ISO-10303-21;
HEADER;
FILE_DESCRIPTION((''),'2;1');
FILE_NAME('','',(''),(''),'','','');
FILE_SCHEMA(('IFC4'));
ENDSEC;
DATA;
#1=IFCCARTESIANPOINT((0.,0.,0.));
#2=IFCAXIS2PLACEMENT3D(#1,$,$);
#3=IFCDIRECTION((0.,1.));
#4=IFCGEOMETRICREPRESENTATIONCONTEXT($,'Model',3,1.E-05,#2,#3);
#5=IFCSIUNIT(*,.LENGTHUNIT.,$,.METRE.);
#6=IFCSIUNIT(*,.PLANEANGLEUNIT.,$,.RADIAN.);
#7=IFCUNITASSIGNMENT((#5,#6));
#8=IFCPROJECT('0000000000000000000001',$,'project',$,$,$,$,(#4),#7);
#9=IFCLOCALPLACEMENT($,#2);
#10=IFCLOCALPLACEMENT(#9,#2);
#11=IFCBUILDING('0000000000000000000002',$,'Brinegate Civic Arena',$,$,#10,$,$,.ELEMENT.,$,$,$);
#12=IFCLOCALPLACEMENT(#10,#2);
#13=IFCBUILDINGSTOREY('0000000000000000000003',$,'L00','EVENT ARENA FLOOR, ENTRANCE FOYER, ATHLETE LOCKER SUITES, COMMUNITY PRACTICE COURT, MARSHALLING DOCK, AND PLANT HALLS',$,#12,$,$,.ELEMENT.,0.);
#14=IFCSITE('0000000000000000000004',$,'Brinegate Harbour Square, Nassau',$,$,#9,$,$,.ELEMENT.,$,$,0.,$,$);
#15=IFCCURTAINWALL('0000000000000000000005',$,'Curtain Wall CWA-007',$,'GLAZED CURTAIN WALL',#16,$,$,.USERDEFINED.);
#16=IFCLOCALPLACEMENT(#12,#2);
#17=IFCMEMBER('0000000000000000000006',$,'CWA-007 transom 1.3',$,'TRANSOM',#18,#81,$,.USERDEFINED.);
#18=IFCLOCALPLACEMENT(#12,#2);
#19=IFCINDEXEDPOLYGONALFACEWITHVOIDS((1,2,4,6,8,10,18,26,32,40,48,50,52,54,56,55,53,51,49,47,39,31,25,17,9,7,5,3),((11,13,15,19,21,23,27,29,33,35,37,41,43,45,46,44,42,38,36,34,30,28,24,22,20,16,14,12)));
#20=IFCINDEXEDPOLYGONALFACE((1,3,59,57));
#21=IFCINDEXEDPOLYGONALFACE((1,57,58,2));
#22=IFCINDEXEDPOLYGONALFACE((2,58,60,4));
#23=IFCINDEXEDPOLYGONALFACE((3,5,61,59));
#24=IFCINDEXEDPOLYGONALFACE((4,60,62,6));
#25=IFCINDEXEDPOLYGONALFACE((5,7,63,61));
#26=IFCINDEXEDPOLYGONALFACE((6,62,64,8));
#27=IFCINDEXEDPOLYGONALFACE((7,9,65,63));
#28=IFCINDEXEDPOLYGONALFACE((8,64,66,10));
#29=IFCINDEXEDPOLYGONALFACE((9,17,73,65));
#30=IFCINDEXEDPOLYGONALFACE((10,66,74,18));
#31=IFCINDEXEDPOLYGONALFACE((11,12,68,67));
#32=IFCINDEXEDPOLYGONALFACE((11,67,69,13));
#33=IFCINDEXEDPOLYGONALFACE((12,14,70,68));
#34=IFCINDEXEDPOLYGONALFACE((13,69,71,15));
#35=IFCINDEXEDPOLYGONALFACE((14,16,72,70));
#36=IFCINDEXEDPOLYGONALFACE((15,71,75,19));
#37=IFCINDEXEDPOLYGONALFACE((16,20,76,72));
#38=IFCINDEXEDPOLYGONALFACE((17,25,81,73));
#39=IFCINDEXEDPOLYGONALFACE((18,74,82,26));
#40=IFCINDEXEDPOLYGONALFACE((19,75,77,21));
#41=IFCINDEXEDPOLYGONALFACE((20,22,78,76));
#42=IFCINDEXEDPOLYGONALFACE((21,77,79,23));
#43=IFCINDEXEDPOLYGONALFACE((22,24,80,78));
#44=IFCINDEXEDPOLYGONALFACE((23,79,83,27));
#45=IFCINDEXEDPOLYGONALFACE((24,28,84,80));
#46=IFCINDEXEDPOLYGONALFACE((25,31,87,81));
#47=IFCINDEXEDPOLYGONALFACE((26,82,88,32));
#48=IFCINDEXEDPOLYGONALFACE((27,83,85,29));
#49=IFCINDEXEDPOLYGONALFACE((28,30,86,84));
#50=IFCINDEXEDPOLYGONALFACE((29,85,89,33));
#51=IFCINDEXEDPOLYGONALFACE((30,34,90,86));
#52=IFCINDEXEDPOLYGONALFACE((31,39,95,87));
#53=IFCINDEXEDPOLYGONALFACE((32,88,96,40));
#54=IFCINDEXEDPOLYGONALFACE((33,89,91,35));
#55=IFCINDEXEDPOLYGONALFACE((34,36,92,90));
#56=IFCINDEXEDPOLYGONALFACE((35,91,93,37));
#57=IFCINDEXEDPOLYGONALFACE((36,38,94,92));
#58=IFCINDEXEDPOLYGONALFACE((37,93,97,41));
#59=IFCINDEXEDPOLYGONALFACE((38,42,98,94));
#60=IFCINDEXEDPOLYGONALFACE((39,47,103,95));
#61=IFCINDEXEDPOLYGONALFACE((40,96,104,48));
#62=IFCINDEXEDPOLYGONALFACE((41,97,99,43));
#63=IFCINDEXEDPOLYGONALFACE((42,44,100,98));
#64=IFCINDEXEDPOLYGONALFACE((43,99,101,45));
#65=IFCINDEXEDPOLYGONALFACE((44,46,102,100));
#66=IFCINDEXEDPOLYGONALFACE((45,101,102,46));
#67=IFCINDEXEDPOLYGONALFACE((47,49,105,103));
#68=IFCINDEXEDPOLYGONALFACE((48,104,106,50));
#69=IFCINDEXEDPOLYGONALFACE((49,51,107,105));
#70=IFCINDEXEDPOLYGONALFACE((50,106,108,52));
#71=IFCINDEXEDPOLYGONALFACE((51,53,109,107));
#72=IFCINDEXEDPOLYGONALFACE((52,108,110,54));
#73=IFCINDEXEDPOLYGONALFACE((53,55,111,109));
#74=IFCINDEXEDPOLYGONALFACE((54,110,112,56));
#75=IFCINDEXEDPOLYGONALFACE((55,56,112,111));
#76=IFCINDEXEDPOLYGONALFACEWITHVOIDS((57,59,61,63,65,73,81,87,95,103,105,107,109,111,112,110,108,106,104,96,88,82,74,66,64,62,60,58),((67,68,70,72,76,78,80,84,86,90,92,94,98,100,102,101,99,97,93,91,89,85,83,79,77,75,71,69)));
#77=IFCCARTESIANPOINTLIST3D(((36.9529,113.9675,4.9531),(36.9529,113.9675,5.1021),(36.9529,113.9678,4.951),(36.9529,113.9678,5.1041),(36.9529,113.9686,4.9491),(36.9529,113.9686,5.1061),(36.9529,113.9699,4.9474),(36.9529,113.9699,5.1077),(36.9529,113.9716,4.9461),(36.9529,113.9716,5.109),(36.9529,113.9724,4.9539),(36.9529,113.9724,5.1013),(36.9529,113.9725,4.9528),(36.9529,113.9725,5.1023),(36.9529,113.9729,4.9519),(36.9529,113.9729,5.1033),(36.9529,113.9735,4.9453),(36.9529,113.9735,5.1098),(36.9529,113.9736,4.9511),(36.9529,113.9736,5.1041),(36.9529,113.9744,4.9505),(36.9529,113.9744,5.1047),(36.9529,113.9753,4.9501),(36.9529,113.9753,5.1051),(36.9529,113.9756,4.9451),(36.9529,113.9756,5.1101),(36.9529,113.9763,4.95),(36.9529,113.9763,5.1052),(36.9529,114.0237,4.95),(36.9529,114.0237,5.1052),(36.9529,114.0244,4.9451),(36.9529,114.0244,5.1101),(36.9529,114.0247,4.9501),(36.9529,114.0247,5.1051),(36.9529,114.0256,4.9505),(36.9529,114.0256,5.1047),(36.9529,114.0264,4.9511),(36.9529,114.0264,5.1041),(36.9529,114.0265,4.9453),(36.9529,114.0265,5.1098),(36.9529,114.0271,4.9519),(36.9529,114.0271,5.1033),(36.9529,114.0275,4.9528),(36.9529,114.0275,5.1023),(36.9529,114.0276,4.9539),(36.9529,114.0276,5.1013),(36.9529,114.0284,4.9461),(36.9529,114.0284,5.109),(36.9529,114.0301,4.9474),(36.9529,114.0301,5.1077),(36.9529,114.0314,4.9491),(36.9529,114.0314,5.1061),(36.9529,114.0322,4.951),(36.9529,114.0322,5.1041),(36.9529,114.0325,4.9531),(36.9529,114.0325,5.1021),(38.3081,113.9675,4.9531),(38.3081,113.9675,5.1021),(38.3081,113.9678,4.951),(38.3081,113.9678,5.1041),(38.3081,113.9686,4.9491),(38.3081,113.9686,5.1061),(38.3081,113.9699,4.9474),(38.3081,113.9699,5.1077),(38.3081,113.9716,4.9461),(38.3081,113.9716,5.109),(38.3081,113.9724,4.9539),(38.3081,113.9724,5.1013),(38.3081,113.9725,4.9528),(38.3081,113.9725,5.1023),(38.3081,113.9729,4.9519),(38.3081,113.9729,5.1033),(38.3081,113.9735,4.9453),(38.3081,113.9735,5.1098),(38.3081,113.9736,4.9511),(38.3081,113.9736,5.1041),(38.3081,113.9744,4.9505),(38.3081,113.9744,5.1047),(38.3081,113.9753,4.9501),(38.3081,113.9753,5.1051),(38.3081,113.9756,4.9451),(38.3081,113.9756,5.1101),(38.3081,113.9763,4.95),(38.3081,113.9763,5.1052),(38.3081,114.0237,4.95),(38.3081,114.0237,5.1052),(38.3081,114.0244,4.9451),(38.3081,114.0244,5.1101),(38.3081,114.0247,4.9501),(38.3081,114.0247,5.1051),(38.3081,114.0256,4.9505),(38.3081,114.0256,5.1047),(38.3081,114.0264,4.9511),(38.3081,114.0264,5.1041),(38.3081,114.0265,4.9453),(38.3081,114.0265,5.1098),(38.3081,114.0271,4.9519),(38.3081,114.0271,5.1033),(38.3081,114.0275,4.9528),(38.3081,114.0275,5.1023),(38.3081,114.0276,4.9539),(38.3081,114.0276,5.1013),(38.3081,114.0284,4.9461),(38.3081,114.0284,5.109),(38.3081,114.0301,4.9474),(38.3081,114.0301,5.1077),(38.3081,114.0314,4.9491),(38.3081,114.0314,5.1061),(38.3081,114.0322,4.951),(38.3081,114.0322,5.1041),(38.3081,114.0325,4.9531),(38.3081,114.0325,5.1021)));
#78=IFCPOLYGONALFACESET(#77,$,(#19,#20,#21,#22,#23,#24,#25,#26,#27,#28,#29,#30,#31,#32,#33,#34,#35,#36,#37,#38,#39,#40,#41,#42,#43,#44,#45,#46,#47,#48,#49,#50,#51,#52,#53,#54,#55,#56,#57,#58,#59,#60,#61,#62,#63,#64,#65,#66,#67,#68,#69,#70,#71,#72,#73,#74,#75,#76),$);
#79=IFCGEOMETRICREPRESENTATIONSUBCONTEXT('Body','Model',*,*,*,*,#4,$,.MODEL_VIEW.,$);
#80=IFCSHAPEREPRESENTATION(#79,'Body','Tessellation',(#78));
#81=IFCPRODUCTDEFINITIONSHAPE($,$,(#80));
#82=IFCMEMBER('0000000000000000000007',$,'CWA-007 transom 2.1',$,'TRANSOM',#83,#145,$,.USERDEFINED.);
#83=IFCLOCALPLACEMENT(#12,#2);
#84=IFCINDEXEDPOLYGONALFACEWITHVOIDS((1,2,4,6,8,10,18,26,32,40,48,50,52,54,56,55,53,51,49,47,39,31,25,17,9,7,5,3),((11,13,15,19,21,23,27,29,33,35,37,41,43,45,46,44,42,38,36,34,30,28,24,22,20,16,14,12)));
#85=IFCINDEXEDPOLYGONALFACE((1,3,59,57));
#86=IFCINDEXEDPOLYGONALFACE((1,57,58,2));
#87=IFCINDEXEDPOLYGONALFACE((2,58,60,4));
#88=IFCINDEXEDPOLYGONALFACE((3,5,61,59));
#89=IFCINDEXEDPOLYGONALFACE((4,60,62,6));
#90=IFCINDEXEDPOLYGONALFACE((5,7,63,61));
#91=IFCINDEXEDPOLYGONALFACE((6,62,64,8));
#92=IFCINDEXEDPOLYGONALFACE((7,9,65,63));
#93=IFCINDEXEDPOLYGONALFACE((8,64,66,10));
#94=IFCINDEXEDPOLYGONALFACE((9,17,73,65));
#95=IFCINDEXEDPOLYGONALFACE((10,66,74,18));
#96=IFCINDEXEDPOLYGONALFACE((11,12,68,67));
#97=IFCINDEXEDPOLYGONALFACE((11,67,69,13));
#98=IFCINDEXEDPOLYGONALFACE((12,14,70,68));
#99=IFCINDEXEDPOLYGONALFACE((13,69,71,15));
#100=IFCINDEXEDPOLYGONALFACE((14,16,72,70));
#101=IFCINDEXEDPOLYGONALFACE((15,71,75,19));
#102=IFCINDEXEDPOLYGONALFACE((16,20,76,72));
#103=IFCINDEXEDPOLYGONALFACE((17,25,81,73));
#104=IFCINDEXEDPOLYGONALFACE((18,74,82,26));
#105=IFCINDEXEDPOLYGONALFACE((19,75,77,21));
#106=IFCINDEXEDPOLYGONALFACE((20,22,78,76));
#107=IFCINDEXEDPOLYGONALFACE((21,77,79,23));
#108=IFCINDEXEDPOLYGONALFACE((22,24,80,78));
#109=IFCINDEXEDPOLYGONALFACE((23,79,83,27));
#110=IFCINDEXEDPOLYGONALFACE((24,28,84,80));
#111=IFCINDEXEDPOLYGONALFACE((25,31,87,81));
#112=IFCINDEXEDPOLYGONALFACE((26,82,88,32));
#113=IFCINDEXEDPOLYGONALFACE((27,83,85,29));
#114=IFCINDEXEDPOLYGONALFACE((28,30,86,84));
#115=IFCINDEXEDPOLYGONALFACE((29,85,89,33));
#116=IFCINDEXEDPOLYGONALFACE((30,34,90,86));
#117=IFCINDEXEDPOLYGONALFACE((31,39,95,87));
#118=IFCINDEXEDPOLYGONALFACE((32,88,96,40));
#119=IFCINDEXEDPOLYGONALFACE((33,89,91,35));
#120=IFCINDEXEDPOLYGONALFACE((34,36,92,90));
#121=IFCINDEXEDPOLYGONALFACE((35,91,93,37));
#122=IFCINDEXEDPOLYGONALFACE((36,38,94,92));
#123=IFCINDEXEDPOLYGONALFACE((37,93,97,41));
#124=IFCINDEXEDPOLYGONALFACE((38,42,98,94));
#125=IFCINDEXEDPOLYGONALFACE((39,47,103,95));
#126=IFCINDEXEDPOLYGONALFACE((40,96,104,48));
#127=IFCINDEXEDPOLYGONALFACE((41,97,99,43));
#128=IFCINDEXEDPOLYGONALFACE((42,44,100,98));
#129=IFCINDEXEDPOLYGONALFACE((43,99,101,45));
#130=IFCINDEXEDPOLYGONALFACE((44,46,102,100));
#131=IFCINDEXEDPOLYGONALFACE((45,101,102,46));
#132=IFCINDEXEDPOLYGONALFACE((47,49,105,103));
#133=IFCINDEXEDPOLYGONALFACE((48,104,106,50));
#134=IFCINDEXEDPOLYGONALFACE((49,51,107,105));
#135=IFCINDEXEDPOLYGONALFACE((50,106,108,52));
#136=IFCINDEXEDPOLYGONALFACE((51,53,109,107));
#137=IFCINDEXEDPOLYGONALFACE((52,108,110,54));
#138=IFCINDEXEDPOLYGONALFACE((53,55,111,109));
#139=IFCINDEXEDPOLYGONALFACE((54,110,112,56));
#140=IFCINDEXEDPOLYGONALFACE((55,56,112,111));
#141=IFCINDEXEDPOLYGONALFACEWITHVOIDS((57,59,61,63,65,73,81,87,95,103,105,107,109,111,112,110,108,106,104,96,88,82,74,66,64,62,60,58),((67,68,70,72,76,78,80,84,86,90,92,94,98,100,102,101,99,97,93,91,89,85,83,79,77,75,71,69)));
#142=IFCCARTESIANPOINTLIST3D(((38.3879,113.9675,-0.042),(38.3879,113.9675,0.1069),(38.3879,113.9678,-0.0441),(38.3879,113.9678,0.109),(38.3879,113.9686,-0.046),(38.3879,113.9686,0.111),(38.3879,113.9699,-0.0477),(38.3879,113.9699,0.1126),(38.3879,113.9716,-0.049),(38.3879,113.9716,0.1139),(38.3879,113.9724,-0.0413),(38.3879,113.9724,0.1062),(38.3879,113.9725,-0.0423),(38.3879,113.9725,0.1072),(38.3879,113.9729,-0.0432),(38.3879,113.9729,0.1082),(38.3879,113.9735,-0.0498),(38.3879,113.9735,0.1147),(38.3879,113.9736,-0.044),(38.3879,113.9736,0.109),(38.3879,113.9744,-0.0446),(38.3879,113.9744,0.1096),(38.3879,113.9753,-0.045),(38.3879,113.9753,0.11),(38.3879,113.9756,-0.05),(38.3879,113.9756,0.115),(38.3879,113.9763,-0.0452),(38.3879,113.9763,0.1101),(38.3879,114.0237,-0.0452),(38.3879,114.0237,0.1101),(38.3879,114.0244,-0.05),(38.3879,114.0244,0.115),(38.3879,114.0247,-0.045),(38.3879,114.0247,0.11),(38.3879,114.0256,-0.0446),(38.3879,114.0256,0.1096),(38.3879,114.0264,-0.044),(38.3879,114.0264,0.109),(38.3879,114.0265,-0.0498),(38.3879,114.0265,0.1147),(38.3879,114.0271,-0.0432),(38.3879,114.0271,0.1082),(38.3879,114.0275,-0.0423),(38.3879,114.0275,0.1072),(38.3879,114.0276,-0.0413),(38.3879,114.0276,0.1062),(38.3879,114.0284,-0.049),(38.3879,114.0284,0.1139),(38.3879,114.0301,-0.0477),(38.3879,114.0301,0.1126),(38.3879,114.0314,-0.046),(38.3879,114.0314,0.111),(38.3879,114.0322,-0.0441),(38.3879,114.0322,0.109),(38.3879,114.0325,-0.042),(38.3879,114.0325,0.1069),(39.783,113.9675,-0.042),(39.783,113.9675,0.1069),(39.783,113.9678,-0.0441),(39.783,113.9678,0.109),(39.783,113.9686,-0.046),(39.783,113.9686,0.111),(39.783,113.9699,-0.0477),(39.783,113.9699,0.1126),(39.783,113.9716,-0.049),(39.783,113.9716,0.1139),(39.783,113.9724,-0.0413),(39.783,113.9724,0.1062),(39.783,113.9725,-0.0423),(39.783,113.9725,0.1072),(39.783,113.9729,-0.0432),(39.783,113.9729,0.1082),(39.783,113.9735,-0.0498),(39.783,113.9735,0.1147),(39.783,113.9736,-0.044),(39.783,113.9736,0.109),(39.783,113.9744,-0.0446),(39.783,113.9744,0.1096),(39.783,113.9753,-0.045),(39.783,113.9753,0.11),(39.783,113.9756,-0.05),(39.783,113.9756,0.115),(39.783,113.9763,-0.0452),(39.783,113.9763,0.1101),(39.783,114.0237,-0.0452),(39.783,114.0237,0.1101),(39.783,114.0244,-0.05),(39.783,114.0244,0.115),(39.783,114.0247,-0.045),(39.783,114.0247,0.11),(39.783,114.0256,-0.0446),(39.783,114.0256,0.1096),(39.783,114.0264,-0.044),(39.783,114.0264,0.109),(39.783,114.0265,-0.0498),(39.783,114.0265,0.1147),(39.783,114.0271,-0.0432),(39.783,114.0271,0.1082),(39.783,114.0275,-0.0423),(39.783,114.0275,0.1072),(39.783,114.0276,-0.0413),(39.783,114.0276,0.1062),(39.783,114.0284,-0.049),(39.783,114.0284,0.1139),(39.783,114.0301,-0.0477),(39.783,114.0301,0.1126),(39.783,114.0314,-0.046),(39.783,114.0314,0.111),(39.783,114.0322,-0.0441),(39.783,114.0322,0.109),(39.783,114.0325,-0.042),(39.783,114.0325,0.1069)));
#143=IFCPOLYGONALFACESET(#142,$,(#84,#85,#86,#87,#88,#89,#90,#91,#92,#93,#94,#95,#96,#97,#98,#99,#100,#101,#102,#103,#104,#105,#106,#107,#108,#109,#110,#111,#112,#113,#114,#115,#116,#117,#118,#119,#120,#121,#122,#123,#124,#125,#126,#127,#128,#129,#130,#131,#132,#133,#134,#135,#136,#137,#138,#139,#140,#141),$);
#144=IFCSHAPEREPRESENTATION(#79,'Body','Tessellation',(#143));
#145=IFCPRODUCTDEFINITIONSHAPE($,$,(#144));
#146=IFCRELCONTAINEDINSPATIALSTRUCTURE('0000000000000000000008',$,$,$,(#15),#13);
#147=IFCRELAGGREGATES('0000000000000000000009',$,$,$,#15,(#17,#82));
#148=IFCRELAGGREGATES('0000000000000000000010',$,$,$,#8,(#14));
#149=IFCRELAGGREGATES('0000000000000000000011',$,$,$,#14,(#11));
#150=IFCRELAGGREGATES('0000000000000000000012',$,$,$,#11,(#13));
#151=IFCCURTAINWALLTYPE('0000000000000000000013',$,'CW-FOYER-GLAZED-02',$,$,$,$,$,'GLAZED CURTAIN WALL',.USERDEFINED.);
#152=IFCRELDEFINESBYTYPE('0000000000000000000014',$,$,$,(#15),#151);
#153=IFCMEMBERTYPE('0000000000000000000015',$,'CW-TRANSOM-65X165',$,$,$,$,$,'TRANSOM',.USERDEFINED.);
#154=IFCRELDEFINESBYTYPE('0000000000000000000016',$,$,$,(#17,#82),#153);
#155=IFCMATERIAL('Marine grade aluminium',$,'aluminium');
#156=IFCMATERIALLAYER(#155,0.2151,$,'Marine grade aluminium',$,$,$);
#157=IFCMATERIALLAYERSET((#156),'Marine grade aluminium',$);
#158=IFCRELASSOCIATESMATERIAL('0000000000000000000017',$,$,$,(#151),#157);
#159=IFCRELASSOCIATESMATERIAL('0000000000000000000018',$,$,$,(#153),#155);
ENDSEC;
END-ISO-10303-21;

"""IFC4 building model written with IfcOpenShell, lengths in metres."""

from ifc_helpers import new_model, si_unit, direction, frame, origin, origin_2d, place, context, subcontext, project, spatial, hollow_rectangle, extrude, material, layer, layer_set, material_profile, profile_set, type_object, element, aggregate, save


model = new_model("IFC4")

# Units and contexts
model_context = context("Model", 3, precision=1e-05, world=origin(), true_north=direction((0.0, 1.0)))
body_context = subcontext(model_context, "Body", "Model", "MODEL_VIEW")
ifc_project = project(units=[si_unit("LENGTHUNIT", "METRE"), si_unit("PLANEANGLEUNIT", "RADIAN")], contexts=[model_context])

# Site, building, storey
site_placement = place(None, origin())
site = spatial("IfcSite", under=ifc_project, at=site_placement, Name="Brinegate Harbour Square, Nassau", CompositionType="ELEMENT", RefElevation=0.0)
building_placement = place(site_placement, origin())
building = spatial("IfcBuilding", under=site, at=building_placement, Name="Brinegate Civic Arena", CompositionType="ELEMENT")
storey_placement = place(building_placement, origin())
storey = spatial("IfcBuildingStorey", under=building, at=storey_placement, Name="L00", Description="EVENT ARENA FLOOR, ENTRANCE FOYER, ATHLETE LOCKER SUITES, COMMUNITY PRACTICE COURT, MARSHALLING DOCK, AND PLANT HALLS", CompositionType="ELEMENT", Elevation=0.0)

# Curtain wall
ifc_material_1 = material(Name="Marine grade aluminium", Category="aluminium")
ifc_layer_1 = layer(ifc_material_1, 0.2151, Name="Marine grade aluminium")
ifc_layer_set_1 = layer_set([ifc_layer_1], Name="Marine grade aluminium")
curtain_wall_type = type_object("IfcCurtainWallType", Name="CW-FOYER-GLAZED-02", ElementType="GLAZED CURTAIN WALL", PredefinedType="USERDEFINED", material=ifc_layer_set_1)
curtain_wall_1_placement = place(storey_placement, origin())
curtain_wall_1 = element("IfcCurtainWall", 1, at=curtain_wall_1_placement, inside=storey, type_object=curtain_wall_type, Name="Curtain Wall CWA-007", ObjectType="GLAZED CURTAIN WALL", PredefinedType="USERDEFINED")

# Members
ifc_material_profile_1 = material_profile(ifc_material_1, hollow_rectangle(XDim=0.0649, YDim=0.165, WallThickness=0.0049, InnerFilletRadius=0.0039, OuterFilletRadius=0.0081, at=origin_2d()), Name="TRN65X165")
ifc_profile_set_1 = profile_set([ifc_material_profile_1], Name="Marine grade aluminium")
member_type_1 = type_object("IfcMemberType", Name="CW-TRANSOM-65X165", ElementType="TRANSOM", PredefinedType="USERDEFINED", material=ifc_profile_set_1)
member_1_placement = place(storey_placement, frame((36.9529, 114.0, 5.0276), z_axis=(1.0, 0.0, 0.0), x_axis=(0.0, 1.0, 0.0)))
member_1 = element("IfcMember", 2, at=member_1_placement, type_object=member_type_1, Name="CWA-007 transom 1.3", ObjectType="TRANSOM", PredefinedType="USERDEFINED", context=body_context, shape_type="SweptSolid", body=[
    extrude(hollow_rectangle(XDim=0.0649, YDim=0.165, WallThickness=0.0049, InnerFilletRadius=0.0039, OuterFilletRadius=0.0081, at=origin_2d()), origin(), (0.0, 0.0, 1.0), 1.3552),
])
member_2_placement = place(storey_placement, frame((38.3879, 114.0, 0.0325), z_axis=(1.0, 0.0, 0.0), x_axis=(0.0, 1.0, 0.0)))
member_2 = element("IfcMember", 3, at=member_2_placement, type_object=member_type_1, Name="CWA-007 transom 2.1", ObjectType="TRANSOM", PredefinedType="USERDEFINED", context=body_context, shape_type="SweptSolid", body=[
    extrude(hollow_rectangle(XDim=0.0649, YDim=0.165, WallThickness=0.0049, InnerFilletRadius=0.0039, OuterFilletRadius=0.0081, at=origin_2d()), origin(), (0.0, 0.0, 1.0), 1.395),
])

aggregate(curtain_wall_1, [member_1, member_2])

save(model, "model.ifc")
